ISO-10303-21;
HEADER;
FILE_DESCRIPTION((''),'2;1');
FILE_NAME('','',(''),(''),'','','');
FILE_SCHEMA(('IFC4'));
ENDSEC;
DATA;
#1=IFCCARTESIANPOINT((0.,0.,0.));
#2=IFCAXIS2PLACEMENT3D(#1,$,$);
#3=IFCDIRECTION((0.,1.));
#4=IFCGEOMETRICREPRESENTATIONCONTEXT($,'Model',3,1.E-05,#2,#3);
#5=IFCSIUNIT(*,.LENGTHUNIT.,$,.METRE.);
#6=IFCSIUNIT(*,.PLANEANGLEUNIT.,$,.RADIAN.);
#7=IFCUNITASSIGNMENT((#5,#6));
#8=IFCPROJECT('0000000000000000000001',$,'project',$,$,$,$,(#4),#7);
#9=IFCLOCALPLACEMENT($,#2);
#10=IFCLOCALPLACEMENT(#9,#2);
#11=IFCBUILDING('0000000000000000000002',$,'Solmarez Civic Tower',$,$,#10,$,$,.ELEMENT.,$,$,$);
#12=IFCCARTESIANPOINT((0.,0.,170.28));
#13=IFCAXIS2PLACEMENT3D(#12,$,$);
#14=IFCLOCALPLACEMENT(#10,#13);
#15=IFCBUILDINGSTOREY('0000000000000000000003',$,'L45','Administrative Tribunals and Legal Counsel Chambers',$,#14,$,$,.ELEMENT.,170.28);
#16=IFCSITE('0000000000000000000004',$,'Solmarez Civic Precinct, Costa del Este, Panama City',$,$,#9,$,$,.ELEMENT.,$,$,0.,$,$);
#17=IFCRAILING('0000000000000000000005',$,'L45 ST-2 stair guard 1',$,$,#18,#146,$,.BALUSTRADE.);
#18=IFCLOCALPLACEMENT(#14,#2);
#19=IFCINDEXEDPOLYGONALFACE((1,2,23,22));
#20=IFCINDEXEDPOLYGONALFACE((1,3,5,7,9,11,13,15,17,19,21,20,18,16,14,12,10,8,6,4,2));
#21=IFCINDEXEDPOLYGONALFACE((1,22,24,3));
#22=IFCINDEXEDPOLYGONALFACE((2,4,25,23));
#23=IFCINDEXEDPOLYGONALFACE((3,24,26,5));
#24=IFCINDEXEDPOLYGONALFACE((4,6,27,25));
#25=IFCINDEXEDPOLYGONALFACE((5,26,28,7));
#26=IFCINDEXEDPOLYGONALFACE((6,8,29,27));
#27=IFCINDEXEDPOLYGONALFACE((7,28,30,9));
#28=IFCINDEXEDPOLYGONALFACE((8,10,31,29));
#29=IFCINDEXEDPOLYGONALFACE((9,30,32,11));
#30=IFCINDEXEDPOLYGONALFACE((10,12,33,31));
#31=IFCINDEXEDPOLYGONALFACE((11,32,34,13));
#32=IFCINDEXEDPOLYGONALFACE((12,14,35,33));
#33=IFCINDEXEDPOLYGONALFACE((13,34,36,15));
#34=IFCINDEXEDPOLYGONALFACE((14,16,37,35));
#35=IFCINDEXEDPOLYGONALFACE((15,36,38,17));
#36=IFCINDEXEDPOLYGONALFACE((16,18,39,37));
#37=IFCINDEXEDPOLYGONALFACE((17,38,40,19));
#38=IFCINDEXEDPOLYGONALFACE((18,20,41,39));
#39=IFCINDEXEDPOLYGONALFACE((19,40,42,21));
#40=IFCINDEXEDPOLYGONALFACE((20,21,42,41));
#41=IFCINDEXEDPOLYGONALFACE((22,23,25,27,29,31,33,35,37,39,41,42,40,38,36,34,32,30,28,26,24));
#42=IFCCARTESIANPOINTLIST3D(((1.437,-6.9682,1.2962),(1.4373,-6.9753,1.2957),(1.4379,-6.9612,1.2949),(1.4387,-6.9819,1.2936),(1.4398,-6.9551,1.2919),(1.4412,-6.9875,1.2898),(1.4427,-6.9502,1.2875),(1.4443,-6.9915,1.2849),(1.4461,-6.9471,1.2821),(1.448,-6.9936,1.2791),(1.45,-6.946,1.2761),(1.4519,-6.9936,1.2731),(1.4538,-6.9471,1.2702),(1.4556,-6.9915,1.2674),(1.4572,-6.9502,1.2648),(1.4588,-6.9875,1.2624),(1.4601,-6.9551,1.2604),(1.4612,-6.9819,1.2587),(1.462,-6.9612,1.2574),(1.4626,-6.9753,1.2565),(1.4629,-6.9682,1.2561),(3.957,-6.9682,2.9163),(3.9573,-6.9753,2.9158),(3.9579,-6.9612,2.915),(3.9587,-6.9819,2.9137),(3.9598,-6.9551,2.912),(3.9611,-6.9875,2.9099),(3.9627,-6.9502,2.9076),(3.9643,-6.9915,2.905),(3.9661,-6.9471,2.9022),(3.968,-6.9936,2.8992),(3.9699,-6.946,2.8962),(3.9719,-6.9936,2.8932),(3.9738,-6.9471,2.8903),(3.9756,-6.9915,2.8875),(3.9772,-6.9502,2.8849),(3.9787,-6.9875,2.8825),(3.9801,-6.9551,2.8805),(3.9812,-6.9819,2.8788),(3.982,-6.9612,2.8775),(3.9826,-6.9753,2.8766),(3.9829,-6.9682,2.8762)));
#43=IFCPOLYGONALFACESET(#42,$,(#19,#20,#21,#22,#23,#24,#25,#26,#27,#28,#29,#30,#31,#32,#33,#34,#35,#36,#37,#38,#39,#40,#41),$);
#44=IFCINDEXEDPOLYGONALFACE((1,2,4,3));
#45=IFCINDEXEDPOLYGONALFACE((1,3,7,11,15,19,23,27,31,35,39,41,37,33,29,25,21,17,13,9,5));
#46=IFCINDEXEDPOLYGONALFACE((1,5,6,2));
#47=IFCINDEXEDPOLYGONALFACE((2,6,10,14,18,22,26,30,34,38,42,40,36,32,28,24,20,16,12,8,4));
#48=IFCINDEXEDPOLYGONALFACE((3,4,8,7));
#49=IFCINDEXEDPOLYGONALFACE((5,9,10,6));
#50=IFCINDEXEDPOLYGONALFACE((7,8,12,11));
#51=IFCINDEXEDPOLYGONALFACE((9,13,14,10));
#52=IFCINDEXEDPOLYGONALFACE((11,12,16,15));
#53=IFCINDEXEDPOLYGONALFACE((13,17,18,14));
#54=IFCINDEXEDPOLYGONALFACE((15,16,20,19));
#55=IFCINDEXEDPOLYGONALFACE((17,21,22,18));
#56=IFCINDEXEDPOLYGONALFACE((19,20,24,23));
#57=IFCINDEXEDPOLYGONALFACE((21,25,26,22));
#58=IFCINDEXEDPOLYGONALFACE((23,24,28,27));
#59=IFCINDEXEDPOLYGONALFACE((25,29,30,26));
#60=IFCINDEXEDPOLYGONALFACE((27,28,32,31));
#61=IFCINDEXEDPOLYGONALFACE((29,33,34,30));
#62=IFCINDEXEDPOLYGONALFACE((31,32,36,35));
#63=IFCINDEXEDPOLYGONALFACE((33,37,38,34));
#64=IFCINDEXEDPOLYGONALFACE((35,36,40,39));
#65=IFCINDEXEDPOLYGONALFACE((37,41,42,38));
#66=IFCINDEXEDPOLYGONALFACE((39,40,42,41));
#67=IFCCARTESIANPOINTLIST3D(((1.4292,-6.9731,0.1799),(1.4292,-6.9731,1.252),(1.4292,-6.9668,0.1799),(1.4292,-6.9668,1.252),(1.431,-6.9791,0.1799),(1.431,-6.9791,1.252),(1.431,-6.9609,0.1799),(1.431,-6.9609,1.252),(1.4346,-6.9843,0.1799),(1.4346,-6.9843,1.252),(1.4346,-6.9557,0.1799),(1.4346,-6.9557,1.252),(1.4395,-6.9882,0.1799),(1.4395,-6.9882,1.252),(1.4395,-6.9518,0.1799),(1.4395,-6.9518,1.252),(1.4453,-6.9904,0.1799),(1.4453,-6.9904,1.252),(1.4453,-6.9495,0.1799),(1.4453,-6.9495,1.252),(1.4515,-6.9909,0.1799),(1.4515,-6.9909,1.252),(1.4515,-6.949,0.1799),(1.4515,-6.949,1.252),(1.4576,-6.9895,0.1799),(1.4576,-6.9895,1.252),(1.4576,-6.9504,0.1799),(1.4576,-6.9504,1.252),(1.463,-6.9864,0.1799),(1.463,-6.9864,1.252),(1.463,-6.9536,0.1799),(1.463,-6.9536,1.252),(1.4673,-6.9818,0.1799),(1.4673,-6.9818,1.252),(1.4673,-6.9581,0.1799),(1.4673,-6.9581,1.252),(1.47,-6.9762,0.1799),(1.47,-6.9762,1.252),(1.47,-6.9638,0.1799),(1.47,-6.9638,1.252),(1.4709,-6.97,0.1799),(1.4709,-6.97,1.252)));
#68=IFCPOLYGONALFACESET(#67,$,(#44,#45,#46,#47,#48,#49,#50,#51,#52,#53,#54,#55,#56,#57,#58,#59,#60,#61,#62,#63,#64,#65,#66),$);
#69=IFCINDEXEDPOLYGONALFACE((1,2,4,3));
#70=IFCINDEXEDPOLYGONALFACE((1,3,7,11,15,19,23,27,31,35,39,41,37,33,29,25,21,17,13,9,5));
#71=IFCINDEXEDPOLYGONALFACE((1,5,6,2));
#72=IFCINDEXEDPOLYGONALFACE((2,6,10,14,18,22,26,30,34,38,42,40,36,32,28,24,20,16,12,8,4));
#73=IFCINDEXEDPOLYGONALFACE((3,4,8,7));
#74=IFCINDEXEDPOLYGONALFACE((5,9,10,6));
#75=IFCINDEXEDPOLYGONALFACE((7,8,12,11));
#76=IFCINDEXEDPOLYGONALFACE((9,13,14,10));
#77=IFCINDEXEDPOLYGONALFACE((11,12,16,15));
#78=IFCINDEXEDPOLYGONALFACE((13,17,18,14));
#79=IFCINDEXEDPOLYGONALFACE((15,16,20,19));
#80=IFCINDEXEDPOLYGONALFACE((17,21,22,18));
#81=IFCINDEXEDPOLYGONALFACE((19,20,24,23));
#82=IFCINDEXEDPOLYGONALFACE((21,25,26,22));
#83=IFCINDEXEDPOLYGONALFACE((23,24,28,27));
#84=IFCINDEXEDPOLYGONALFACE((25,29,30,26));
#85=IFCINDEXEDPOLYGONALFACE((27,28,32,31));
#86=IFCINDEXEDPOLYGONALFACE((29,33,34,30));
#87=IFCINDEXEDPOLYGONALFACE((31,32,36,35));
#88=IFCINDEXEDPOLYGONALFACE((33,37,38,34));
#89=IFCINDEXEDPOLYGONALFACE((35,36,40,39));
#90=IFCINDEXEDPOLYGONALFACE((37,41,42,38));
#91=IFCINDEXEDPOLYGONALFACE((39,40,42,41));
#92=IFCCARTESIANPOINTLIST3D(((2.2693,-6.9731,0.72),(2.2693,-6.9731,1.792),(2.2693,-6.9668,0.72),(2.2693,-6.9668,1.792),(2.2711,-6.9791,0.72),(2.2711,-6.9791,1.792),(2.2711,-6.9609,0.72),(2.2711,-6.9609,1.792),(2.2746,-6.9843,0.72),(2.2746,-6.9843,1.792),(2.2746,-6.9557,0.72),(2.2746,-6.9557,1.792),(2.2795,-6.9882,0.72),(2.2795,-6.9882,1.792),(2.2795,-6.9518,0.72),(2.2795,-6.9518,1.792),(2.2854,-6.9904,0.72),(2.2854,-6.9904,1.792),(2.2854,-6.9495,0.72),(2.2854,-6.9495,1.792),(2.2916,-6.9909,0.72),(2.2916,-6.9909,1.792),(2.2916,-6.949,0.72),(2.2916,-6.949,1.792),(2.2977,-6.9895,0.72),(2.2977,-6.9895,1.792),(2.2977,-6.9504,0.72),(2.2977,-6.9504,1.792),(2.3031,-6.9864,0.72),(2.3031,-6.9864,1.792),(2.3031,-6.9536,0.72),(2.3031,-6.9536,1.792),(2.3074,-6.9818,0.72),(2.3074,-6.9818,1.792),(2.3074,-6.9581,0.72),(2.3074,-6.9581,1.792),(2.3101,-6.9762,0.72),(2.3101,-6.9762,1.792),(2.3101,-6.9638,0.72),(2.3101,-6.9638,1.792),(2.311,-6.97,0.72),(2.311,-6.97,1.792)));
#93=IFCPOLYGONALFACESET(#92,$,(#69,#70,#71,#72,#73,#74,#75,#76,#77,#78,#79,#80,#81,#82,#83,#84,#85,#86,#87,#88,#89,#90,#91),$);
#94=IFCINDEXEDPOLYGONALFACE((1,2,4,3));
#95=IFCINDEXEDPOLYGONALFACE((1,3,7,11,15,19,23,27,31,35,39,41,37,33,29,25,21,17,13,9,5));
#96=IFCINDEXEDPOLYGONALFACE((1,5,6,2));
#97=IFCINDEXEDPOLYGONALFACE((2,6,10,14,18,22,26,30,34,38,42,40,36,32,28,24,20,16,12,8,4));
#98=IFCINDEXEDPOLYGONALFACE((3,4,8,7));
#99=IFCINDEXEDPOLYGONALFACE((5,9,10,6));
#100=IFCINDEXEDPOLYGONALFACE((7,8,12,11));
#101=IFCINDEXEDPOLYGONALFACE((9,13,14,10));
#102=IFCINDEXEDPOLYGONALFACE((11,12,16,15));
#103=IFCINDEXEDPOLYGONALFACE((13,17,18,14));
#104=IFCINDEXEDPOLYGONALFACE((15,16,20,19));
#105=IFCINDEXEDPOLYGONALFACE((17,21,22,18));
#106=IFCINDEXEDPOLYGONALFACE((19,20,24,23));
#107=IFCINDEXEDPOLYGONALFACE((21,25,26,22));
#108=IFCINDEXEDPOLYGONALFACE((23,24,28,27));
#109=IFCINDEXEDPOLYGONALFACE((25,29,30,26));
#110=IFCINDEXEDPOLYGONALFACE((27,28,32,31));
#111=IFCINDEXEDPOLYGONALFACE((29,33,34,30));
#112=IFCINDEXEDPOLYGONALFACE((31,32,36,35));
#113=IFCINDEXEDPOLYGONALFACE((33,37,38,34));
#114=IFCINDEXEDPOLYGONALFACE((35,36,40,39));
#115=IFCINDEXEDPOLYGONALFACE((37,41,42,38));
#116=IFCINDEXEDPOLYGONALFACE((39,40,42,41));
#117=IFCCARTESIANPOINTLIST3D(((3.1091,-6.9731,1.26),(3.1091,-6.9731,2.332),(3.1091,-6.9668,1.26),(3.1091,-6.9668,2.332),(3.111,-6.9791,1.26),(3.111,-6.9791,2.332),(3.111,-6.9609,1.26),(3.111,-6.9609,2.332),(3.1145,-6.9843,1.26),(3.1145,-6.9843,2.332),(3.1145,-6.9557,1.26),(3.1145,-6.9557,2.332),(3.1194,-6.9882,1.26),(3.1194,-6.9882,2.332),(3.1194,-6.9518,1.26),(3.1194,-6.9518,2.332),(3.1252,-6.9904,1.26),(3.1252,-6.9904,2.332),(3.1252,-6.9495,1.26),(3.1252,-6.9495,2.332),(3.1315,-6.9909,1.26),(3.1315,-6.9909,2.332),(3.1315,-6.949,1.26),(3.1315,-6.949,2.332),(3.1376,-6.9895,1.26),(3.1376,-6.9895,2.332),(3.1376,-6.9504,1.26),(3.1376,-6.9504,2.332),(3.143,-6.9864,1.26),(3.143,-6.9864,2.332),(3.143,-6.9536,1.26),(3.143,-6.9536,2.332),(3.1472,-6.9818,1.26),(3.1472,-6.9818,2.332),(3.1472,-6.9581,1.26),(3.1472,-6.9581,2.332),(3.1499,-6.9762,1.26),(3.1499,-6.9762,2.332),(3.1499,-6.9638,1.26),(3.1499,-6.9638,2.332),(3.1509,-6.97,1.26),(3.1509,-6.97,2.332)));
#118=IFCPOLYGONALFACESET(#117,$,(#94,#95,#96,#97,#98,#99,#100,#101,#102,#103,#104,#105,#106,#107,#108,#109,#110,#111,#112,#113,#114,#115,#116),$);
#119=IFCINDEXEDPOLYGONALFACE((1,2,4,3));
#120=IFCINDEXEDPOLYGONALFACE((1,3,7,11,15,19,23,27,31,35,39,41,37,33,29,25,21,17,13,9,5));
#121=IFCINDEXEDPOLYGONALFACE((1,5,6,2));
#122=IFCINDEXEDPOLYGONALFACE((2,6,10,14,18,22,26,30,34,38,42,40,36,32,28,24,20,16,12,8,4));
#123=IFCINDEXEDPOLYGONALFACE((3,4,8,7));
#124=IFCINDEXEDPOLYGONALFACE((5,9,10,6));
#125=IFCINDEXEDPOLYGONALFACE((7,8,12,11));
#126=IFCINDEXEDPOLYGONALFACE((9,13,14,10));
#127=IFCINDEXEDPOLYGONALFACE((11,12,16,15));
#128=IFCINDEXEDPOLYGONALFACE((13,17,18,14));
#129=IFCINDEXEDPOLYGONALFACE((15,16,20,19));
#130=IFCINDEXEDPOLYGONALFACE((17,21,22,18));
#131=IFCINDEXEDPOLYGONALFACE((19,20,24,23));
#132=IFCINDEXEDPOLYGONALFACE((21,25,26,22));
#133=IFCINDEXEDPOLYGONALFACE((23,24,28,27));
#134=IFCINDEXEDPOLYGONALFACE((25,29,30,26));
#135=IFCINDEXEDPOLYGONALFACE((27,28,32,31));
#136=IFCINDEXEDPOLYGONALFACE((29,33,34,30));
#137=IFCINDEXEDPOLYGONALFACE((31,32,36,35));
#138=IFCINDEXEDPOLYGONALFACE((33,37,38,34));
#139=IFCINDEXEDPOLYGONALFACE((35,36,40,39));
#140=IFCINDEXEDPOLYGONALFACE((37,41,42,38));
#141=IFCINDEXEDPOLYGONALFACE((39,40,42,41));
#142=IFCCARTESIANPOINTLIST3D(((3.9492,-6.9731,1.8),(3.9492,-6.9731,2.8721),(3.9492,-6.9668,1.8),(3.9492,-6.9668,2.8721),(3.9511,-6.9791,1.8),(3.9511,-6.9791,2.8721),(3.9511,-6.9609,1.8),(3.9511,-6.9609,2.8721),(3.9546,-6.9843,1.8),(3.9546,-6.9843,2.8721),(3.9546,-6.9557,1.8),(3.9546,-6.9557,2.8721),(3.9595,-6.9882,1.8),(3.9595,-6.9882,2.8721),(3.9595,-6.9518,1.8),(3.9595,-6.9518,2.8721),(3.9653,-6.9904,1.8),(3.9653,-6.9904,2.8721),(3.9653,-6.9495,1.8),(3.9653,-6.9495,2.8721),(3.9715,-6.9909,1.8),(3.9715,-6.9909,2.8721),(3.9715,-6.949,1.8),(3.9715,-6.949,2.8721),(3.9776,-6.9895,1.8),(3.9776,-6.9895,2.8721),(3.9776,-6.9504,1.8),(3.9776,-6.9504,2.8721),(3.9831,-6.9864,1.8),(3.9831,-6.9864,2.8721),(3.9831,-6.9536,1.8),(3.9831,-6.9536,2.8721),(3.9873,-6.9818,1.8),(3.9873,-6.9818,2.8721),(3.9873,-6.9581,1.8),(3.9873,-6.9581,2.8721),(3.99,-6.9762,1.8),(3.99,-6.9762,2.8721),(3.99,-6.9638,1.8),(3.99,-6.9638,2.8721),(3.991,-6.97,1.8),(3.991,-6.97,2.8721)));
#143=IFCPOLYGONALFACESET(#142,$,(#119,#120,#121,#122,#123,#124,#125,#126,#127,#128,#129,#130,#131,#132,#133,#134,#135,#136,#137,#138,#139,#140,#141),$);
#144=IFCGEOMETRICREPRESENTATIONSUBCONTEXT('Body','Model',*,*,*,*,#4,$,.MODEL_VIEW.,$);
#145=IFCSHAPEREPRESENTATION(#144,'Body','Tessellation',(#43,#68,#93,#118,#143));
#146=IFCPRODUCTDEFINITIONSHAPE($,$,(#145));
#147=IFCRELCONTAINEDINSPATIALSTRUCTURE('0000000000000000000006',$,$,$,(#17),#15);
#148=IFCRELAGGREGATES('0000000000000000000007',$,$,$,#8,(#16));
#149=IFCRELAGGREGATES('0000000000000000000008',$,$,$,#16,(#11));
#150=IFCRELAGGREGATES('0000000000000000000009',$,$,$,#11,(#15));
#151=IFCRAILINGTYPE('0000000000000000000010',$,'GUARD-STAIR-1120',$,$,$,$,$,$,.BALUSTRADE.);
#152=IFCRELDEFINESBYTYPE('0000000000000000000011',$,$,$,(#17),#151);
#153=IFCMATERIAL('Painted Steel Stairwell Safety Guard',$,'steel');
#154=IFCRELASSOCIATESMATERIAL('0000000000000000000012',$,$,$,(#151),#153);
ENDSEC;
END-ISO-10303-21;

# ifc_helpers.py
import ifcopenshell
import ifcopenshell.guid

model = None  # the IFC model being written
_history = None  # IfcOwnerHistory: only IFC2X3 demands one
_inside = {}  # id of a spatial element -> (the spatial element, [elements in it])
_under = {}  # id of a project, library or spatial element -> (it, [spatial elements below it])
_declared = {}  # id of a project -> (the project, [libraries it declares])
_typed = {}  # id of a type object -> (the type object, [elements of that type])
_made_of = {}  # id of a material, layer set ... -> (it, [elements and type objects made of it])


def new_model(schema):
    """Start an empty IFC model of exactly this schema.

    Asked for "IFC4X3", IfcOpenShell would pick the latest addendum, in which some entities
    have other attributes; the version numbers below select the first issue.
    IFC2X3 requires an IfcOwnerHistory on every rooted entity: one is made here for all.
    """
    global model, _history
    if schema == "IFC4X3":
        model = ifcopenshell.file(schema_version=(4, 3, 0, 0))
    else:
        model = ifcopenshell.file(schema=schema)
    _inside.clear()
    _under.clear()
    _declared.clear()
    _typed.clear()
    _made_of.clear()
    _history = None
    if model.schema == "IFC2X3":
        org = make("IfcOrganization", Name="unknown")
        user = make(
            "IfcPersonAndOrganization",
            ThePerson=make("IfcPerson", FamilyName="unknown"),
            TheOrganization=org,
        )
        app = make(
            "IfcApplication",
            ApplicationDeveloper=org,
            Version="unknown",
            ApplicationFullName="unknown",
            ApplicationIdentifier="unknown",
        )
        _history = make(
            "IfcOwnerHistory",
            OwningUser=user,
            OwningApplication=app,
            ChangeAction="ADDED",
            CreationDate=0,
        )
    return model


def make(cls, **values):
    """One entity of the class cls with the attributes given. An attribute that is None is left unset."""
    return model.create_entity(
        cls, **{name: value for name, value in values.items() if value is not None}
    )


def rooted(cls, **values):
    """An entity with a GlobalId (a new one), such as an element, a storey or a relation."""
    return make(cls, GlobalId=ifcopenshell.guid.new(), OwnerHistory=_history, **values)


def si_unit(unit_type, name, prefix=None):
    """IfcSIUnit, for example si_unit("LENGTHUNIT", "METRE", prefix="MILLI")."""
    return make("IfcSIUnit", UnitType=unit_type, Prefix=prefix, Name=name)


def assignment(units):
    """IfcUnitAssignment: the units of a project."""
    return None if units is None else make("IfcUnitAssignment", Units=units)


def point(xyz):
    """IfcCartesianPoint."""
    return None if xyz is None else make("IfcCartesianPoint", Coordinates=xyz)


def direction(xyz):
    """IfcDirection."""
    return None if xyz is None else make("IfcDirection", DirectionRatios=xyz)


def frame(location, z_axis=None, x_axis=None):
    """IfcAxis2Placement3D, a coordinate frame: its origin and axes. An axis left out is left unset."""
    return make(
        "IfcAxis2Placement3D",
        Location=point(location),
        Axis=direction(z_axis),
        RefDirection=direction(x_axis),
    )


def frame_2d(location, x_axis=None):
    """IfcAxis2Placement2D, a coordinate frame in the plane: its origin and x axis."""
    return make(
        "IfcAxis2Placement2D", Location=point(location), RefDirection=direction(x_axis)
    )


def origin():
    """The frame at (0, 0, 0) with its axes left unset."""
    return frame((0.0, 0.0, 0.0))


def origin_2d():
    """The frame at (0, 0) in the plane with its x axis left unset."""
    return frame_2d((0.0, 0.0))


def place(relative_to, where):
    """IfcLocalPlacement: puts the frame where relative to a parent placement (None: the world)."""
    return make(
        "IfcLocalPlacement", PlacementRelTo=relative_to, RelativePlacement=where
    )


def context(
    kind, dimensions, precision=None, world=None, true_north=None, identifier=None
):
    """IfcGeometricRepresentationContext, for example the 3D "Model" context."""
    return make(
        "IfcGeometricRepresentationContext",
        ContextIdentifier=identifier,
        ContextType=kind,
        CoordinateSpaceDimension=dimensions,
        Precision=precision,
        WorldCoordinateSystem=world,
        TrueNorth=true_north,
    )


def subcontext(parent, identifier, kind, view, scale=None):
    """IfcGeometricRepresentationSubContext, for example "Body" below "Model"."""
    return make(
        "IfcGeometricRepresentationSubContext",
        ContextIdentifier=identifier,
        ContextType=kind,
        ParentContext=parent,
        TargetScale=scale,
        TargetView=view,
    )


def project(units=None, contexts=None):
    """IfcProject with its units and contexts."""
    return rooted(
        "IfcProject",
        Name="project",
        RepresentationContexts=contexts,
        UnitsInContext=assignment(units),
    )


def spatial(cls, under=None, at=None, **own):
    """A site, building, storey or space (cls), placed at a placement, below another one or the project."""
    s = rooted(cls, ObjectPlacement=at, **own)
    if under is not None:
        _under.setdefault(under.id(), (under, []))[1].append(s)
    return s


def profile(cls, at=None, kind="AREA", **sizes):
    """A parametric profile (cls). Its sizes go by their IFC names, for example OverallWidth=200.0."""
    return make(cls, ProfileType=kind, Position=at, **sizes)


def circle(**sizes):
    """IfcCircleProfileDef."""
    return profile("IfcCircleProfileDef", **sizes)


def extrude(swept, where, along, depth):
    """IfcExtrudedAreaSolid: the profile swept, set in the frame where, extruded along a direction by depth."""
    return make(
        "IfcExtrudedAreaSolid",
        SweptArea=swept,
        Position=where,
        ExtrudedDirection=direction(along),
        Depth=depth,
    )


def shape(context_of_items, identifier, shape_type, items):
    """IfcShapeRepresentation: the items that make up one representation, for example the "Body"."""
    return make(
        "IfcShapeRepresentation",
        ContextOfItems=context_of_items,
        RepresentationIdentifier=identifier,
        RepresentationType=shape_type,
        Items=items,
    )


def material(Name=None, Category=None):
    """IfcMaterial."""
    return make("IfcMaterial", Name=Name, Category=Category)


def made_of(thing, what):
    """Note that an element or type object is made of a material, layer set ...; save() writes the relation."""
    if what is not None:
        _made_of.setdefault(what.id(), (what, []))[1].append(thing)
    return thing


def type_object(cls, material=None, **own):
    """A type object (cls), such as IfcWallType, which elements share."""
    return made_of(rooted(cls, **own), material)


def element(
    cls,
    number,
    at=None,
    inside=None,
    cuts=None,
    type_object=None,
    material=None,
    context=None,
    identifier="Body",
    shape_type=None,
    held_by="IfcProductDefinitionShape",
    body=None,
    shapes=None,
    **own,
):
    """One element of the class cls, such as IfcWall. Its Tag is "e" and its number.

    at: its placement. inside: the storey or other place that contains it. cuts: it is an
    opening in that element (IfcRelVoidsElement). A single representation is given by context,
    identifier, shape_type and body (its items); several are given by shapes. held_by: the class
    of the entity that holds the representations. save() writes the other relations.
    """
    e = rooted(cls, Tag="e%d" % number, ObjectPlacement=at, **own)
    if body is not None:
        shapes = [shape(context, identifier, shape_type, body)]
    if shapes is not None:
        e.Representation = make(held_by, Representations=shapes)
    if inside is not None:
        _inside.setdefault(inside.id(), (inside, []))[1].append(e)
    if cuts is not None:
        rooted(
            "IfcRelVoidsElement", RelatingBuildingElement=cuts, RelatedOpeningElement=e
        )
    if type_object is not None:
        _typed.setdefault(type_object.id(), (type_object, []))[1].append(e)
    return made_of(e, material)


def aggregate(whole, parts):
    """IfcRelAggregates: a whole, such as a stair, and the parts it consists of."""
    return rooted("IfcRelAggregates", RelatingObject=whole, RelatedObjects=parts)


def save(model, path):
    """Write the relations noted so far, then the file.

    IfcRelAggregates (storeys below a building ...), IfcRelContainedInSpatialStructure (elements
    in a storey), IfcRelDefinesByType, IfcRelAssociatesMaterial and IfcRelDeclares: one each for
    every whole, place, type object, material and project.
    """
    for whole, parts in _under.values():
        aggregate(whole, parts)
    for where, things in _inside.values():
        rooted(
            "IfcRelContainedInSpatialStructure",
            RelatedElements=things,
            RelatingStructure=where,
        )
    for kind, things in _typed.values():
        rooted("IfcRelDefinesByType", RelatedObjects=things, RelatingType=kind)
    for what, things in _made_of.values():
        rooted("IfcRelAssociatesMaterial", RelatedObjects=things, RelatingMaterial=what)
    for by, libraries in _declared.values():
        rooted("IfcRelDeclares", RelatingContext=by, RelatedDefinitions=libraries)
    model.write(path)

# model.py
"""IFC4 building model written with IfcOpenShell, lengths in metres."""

from ifc_helpers import new_model, si_unit, direction, frame, origin, origin_2d, place, context, subcontext, project, spatial, circle, extrude, material, type_object, element, save


model = new_model("IFC4")

# Units and contexts
model_context = context("Model", 3, precision=1e-05, world=origin(), true_north=direction((0.0, 1.0)))
body_context = subcontext(model_context, "Body", "Model", "MODEL_VIEW")
ifc_project = project(units=[si_unit("LENGTHUNIT", "METRE"), si_unit("PLANEANGLEUNIT", "RADIAN")], contexts=[model_context])

# Site, building, storey
site_placement = place(None, origin())
site = spatial("IfcSite", under=ifc_project, at=site_placement, Name="Solmarez Civic Precinct, Costa del Este, Panama City", CompositionType="ELEMENT", RefElevation=0.0)
building_placement = place(site_placement, origin())
building = spatial("IfcBuilding", under=site, at=building_placement, Name="Solmarez Civic Tower", CompositionType="ELEMENT")
storey_placement = place(building_placement, frame((0.0, 0.0, 170.28)))
storey = spatial("IfcBuildingStorey", under=building, at=storey_placement, Name="L45", Description="Administrative Tribunals and Legal Counsel Chambers", CompositionType="ELEMENT", Elevation=170.28)

# Railing
ifc_material_1 = material(Name="Painted Steel Stairwell Safety Guard", Category="steel")
railing_type = type_object("IfcRailingType", Name="GUARD-STAIR-1120", PredefinedType="BALUSTRADE", material=ifc_material_1)
railing_1_placement = place(storey_placement, frame((1.45, -6.97, 0.1799)))
element("IfcRailing", 1, at=railing_1_placement, inside=storey, type_object=railing_type, Name="L45 ST-2 stair guard 1", PredefinedType="BALUSTRADE", context=body_context, shape_type="SweptSolid", body=[
    extrude(circle(Radius=0.0239, at=origin_2d()), frame((0.0, 0.0, 1.0962), z_axis=(0.841163, 0.0, 0.540782), x_axis=(0.0, 1.0, 0.0)), (0.0, 0.0, 1.0), 2.9958),
    extrude(circle(Radius=0.021, at=origin_2d()), origin(), (0.0, 0.0, 1.0), 1.072),
    extrude(circle(Radius=0.021, at=origin_2d()), frame((0.8401, 0.0, 0.54)), (0.0, 0.0, 1.0), 1.072),
    extrude(circle(Radius=0.021, at=origin_2d()), frame((1.6799, 0.0, 1.0801)), (0.0, 0.0, 1.0), 1.072),
    extrude(circle(Radius=0.021, at=origin_2d()), frame((2.52, 0.0, 1.6201)), (0.0, 0.0, 1.0), 1.072),
])

save(model, "model.ifc")
